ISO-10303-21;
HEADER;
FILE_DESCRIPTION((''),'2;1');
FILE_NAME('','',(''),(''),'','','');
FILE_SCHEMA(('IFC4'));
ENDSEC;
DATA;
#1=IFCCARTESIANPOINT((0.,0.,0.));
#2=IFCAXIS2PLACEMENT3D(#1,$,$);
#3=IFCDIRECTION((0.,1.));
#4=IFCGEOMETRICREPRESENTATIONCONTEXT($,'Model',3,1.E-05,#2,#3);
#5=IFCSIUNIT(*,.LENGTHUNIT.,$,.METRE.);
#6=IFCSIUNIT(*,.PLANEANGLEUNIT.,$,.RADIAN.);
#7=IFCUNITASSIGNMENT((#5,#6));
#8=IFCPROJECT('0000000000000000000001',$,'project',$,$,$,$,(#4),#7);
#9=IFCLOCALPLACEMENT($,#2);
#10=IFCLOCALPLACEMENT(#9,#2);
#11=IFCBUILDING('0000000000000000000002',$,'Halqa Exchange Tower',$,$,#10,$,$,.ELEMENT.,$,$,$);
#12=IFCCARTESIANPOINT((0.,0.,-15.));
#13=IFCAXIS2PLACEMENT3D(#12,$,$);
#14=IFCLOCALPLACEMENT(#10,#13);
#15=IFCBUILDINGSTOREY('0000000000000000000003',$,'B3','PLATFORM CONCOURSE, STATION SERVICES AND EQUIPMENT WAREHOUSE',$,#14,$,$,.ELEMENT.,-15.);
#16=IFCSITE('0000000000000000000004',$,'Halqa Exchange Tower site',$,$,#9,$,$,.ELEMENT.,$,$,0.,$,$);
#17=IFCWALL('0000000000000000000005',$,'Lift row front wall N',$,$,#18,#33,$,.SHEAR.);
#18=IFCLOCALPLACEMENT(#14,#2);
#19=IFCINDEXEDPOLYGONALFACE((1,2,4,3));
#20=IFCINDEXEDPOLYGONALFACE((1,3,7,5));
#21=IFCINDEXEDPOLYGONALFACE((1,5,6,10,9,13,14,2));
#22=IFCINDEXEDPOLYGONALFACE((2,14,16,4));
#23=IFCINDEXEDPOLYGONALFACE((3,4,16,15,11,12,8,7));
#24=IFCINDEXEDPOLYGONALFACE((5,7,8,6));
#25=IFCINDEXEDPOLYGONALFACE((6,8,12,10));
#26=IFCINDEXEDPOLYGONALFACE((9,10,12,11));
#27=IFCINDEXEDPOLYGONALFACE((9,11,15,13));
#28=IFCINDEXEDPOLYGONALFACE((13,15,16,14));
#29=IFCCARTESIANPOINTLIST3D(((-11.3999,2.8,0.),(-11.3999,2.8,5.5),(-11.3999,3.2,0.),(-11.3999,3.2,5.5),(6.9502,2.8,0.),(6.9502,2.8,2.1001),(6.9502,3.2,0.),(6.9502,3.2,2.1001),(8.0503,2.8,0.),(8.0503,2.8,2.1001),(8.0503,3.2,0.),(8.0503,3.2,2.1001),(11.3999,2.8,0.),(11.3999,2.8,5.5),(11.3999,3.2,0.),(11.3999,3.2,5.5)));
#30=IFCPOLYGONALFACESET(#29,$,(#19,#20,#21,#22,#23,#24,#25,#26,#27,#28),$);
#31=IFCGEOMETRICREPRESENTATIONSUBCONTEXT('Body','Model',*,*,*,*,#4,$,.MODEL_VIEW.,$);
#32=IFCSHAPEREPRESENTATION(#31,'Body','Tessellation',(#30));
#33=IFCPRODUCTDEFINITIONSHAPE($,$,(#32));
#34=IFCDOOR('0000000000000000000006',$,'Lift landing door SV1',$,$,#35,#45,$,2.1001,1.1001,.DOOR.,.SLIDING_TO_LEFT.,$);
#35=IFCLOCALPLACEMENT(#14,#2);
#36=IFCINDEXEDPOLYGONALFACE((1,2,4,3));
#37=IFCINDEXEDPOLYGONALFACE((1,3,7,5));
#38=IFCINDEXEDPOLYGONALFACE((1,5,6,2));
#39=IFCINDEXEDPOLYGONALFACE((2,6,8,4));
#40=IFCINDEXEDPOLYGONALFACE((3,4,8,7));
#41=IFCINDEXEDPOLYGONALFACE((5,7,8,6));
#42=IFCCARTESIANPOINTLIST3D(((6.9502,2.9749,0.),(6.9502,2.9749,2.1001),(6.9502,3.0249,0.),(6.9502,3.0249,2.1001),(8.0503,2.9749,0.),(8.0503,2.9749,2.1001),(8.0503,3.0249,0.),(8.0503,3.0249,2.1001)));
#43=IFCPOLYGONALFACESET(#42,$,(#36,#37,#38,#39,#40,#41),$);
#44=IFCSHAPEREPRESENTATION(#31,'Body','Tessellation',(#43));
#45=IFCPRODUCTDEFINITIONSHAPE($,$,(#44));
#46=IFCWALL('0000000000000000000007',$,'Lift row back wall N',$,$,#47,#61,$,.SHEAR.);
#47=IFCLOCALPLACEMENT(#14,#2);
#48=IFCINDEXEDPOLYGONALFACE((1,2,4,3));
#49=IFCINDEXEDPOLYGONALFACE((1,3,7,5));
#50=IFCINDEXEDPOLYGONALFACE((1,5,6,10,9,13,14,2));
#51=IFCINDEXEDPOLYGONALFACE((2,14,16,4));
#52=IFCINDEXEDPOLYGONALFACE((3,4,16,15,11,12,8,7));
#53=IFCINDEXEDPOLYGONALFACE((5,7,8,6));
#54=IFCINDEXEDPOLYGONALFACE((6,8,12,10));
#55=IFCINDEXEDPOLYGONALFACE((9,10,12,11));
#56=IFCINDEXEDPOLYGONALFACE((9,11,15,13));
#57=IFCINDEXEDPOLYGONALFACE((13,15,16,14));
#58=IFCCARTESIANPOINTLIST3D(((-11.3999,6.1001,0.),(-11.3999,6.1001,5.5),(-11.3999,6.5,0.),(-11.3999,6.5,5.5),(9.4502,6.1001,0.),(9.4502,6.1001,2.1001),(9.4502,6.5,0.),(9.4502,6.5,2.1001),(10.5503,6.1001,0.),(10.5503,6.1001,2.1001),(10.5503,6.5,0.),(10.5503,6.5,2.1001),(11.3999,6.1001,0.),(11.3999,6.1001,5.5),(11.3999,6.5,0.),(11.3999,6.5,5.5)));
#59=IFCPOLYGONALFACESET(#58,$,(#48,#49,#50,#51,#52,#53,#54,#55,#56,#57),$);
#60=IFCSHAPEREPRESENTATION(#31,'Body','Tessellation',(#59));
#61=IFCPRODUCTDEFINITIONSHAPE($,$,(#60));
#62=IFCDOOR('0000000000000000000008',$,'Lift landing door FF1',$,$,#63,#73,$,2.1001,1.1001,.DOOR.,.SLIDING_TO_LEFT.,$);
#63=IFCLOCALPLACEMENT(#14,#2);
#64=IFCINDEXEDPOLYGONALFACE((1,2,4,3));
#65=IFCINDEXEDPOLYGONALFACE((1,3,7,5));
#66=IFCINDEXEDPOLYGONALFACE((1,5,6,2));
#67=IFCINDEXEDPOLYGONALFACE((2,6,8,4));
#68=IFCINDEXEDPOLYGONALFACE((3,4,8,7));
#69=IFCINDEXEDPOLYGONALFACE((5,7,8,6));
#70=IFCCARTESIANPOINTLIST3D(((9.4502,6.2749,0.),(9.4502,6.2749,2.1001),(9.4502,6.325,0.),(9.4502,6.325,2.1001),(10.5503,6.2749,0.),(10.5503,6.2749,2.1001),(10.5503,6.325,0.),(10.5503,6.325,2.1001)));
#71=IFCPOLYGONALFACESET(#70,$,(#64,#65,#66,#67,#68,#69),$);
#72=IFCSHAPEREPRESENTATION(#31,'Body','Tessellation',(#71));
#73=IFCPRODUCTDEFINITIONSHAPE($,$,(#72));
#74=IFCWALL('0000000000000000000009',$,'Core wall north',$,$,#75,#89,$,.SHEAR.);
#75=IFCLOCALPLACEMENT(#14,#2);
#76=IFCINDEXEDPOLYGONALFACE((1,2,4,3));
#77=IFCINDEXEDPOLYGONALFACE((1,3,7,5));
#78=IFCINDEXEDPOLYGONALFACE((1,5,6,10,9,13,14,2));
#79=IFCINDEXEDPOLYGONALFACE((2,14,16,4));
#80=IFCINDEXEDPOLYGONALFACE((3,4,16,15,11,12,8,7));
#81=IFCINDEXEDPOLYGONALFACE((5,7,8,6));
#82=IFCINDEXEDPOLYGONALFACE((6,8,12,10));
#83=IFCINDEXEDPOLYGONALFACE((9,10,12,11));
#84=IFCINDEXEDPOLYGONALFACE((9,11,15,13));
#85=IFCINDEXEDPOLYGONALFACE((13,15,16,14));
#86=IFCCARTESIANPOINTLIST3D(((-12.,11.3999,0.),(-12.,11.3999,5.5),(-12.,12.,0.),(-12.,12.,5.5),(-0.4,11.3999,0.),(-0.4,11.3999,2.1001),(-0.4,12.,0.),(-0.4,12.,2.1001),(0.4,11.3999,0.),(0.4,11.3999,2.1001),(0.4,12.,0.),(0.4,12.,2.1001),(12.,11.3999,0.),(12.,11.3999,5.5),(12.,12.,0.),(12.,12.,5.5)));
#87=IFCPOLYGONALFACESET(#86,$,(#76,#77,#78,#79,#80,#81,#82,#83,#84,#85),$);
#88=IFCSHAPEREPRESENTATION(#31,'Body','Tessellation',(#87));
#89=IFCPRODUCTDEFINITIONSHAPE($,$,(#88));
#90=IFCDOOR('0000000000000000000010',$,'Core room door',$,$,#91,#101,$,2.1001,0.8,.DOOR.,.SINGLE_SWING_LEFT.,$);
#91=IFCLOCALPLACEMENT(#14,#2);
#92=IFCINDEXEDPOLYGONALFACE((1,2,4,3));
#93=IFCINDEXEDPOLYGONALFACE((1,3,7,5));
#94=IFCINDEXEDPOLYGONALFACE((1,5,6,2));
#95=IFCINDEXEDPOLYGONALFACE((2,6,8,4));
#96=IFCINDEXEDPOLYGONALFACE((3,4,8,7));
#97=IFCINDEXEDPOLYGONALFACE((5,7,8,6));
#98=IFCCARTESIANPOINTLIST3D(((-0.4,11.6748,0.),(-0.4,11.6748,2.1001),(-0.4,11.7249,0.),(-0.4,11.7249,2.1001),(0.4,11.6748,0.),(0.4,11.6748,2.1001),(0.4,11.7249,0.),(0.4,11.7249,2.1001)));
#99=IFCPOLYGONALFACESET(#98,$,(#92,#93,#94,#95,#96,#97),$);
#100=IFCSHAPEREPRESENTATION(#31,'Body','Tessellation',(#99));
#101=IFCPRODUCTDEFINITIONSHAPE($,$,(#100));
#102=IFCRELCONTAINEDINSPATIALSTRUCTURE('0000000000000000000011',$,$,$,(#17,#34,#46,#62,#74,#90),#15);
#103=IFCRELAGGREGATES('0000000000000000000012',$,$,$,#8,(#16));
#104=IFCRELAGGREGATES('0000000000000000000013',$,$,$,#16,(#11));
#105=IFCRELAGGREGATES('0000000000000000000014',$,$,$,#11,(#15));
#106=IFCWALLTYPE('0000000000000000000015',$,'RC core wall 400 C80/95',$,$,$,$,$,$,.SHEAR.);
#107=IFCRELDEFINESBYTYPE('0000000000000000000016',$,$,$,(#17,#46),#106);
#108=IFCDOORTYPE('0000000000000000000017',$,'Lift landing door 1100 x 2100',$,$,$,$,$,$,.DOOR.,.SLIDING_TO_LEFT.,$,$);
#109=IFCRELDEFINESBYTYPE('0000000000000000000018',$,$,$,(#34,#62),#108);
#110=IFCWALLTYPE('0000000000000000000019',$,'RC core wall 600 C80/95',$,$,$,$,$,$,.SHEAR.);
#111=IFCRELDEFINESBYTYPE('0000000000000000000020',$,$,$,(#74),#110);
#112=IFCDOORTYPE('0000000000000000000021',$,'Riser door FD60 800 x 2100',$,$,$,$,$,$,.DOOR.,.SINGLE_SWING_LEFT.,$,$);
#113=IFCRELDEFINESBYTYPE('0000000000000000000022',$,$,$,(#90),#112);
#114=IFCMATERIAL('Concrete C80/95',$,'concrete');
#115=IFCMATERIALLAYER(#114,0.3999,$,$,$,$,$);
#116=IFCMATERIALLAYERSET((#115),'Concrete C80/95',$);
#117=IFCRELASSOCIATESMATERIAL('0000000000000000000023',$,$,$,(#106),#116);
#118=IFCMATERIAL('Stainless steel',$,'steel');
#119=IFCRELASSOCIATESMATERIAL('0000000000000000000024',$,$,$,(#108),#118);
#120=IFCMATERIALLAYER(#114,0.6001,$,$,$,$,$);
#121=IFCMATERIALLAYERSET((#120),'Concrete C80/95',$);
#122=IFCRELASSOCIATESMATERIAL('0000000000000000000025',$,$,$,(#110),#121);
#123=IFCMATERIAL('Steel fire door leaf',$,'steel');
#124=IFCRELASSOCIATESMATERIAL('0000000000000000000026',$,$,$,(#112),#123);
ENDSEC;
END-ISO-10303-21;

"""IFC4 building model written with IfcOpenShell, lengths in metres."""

from ifc_helpers import new_model, si_unit, direction, frame, frame_2d, origin, place, context, subcontext, project, spatial, rectangle, extrude, material, layer, layer_set, type_object, element, fill, save


model = new_model("IFC4")

# Units and contexts
model_context = context("Model", 3, precision=1e-05, world=origin(), true_north=direction((0.0, 1.0)))
body_context = subcontext(model_context, "Body", "Model", "MODEL_VIEW")
ifc_project = project(units=[si_unit("LENGTHUNIT", "METRE"), si_unit("PLANEANGLEUNIT", "RADIAN")], contexts=[model_context])

# Site, building, storey
site_placement = place(None, origin())
site = spatial("IfcSite", under=ifc_project, at=site_placement, Name="Halqa Exchange Tower site", CompositionType="ELEMENT", RefElevation=0.0)
building_placement = place(site_placement, origin())
building = spatial("IfcBuilding", under=site, at=building_placement, Name="Halqa Exchange Tower", CompositionType="ELEMENT")
storey_placement = place(building_placement, frame((0.0, 0.0, -15.0)))
storey = spatial("IfcBuildingStorey", under=building, at=storey_placement, Name="B3", Description="PLATFORM CONCOURSE, STATION SERVICES AND EQUIPMENT WAREHOUSE", CompositionType="ELEMENT", Elevation=-15.0)

# Shared definitions
ifc_material_1 = material(Name="Steel fire door leaf", Category="steel")

# Walls, openings, doors
ifc_material_2 = material(Name="Concrete C80/95", Category="concrete")
ifc_layer_1 = layer(ifc_material_2, 0.3999)
ifc_layer_set_1 = layer_set([ifc_layer_1], Name="Concrete C80/95")
wall_type_1 = type_object("IfcWallType", Name="RC core wall 400 C80/95", PredefinedType="SHEAR", material=ifc_layer_set_1)
wall_1_placement = place(storey_placement, frame((-11.3999, 3.0, 0.0), z_axis=(0.0, 0.0, 1.0), x_axis=(1.0, 0.0, 0.0)))
wall_1 = element("IfcWall", 1, at=wall_1_placement, inside=storey, type_object=wall_type_1, Name="Lift row front wall N", PredefinedType="SHEAR", context=body_context, shape_type="SweptSolid", body=[
    extrude(rectangle(XDim=22.7998, YDim=0.3999, at=frame_2d((11.3999, 0.0))), origin(), (0.0, 0.0, 1.0), 5.5),
])
opening_1_placement = place(wall_1_placement, frame((18.3501, 0.0, 0.0)))
opening_1 = element("IfcOpeningElement", 2, at=opening_1_placement, cuts=wall_1, PredefinedType="OPENING", context=body_context, shape_type="SweptSolid", body=[
    extrude(rectangle(XDim=1.1001, YDim=2.1001, at=frame_2d((0.55, 1.05))), frame((0.0, 0.2119, 0.0), z_axis=(0.0, -1.0, 0.0), x_axis=(1.0, 0.0, 0.0)), (0.0, 0.0, 1.0), 0.4238),
])
ifc_material_3 = material(Name="Stainless steel", Category="steel")
door_type_1 = type_object("IfcDoorType", Name="Lift landing door 1100 x 2100", OperationType="SLIDING_TO_LEFT", PredefinedType="DOOR", material=ifc_material_3)
door_1_placement = place(opening_1_placement, origin())
door_1 = element("IfcDoor", 3, at=door_1_placement, inside=storey, type_object=door_type_1, Name="Lift landing door SV1", OperationType="SLIDING_TO_LEFT", OverallHeight=2.1001, OverallWidth=1.1001, PredefinedType="DOOR", context=body_context, shape_type="SweptSolid", body=[
    extrude(rectangle(XDim=1.1001, YDim=2.1001, at=frame_2d((0.55, 1.05))), frame((0.0, 0.0249, 0.0), z_axis=(0.0, -1.0, 0.0), x_axis=(1.0, 0.0, 0.0)), (0.0, 0.0, 1.0), 0.05),
])
fill(opening_1, door_1)
wall_2_placement = place(storey_placement, frame((-11.3999, 6.3, 0.0), z_axis=(0.0, 0.0, 1.0), x_axis=(1.0, 0.0, 0.0)))
wall_2 = element("IfcWall", 4, at=wall_2_placement, inside=storey, type_object=wall_type_1, Name="Lift row back wall N", PredefinedType="SHEAR", context=body_context, shape_type="SweptSolid", body=[
    extrude(rectangle(XDim=22.7998, YDim=0.3999, at=frame_2d((11.3999, 0.0))), origin(), (0.0, 0.0, 1.0), 5.5),
])
opening_2_placement = place(wall_2_placement, frame((20.8501, 0.0, 0.0)))
opening_2 = element("IfcOpeningElement", 5, at=opening_2_placement, cuts=wall_2, PredefinedType="OPENING", context=body_context, shape_type="SweptSolid", body=[
    extrude(rectangle(XDim=1.1001, YDim=2.1001, at=frame_2d((0.55, 1.05))), frame((0.0, 0.2119, 0.0), z_axis=(0.0, -1.0, 0.0), x_axis=(1.0, 0.0, 0.0)), (0.0, 0.0, 1.0), 0.4238),
])
door_2_placement = place(opening_2_placement, origin())
door_2 = element("IfcDoor", 6, at=door_2_placement, inside=storey, type_object=door_type_1, Name="Lift landing door FF1", OperationType="SLIDING_TO_LEFT", OverallHeight=2.1001, OverallWidth=1.1001, PredefinedType="DOOR", context=body_context, shape_type="SweptSolid", body=[
    extrude(rectangle(XDim=1.1001, YDim=2.1001, at=frame_2d((0.55, 1.05))), frame((0.0, 0.0249, 0.0), z_axis=(0.0, -1.0, 0.0), x_axis=(1.0, 0.0, 0.0)), (0.0, 0.0, 1.0), 0.05),
])
fill(opening_2, door_2)
ifc_layer_2 = layer(ifc_material_2, 0.6001)
ifc_layer_set_2 = layer_set([ifc_layer_2], Name="Concrete C80/95")
wall_type_2 = type_object("IfcWallType", Name="RC core wall 600 C80/95", PredefinedType="SHEAR", material=ifc_layer_set_2)
wall_3_placement = place(storey_placement, frame((-12.0, 11.7, 0.0), z_axis=(0.0, 0.0, 1.0), x_axis=(1.0, 0.0, 0.0)))
wall_3 = element("IfcWall", 7, at=wall_3_placement, inside=storey, type_object=wall_type_2, Name="Core wall north", PredefinedType="SHEAR", context=body_context, shape_type="SweptSolid", body=[
    extrude(rectangle(XDim=24.0, YDim=0.6001, at=frame_2d((12.0, 0.0))), origin(), (0.0, 0.0, 1.0), 5.5),
])
opening_3_placement = place(wall_3_placement, frame((11.6001, 0.0, 0.0)))
opening_3 = element("IfcOpeningElement", 8, at=opening_3_placement, cuts=wall_3, PredefinedType="OPENING", context=body_context, shape_type="SweptSolid", body=[
    extrude(rectangle(XDim=0.8, YDim=2.1001, at=frame_2d((0.3999, 1.05))), frame((0.0, 0.312, 0.0), z_axis=(0.0, -1.0, 0.0), x_axis=(1.0, 0.0, 0.0)), (0.0, 0.0, 1.0), 0.624),
])
door_type_2 = type_object("IfcDoorType", Name="Riser door FD60 800 x 2100", OperationType="SINGLE_SWING_LEFT", PredefinedType="DOOR", material=ifc_material_1)
door_3_placement = place(opening_3_placement, origin())
door_3 = element("IfcDoor", 9, at=door_3_placement, inside=storey, type_object=door_type_2, Name="Core room door", OperationType="SINGLE_SWING_LEFT", OverallHeight=2.1001, OverallWidth=0.8, PredefinedType="DOOR", context=body_context, shape_type="SweptSolid", body=[
    extrude(rectangle(XDim=0.8, YDim=2.1001, at=frame_2d((0.3999, 1.05))), frame((0.0, 0.0249, 0.0), z_axis=(0.0, -1.0, 0.0), x_axis=(1.0, 0.0, 0.0)), (0.0, 0.0, 1.0), 0.05),
])
fill(opening_3, door_3)

save(model, "model.ifc")
